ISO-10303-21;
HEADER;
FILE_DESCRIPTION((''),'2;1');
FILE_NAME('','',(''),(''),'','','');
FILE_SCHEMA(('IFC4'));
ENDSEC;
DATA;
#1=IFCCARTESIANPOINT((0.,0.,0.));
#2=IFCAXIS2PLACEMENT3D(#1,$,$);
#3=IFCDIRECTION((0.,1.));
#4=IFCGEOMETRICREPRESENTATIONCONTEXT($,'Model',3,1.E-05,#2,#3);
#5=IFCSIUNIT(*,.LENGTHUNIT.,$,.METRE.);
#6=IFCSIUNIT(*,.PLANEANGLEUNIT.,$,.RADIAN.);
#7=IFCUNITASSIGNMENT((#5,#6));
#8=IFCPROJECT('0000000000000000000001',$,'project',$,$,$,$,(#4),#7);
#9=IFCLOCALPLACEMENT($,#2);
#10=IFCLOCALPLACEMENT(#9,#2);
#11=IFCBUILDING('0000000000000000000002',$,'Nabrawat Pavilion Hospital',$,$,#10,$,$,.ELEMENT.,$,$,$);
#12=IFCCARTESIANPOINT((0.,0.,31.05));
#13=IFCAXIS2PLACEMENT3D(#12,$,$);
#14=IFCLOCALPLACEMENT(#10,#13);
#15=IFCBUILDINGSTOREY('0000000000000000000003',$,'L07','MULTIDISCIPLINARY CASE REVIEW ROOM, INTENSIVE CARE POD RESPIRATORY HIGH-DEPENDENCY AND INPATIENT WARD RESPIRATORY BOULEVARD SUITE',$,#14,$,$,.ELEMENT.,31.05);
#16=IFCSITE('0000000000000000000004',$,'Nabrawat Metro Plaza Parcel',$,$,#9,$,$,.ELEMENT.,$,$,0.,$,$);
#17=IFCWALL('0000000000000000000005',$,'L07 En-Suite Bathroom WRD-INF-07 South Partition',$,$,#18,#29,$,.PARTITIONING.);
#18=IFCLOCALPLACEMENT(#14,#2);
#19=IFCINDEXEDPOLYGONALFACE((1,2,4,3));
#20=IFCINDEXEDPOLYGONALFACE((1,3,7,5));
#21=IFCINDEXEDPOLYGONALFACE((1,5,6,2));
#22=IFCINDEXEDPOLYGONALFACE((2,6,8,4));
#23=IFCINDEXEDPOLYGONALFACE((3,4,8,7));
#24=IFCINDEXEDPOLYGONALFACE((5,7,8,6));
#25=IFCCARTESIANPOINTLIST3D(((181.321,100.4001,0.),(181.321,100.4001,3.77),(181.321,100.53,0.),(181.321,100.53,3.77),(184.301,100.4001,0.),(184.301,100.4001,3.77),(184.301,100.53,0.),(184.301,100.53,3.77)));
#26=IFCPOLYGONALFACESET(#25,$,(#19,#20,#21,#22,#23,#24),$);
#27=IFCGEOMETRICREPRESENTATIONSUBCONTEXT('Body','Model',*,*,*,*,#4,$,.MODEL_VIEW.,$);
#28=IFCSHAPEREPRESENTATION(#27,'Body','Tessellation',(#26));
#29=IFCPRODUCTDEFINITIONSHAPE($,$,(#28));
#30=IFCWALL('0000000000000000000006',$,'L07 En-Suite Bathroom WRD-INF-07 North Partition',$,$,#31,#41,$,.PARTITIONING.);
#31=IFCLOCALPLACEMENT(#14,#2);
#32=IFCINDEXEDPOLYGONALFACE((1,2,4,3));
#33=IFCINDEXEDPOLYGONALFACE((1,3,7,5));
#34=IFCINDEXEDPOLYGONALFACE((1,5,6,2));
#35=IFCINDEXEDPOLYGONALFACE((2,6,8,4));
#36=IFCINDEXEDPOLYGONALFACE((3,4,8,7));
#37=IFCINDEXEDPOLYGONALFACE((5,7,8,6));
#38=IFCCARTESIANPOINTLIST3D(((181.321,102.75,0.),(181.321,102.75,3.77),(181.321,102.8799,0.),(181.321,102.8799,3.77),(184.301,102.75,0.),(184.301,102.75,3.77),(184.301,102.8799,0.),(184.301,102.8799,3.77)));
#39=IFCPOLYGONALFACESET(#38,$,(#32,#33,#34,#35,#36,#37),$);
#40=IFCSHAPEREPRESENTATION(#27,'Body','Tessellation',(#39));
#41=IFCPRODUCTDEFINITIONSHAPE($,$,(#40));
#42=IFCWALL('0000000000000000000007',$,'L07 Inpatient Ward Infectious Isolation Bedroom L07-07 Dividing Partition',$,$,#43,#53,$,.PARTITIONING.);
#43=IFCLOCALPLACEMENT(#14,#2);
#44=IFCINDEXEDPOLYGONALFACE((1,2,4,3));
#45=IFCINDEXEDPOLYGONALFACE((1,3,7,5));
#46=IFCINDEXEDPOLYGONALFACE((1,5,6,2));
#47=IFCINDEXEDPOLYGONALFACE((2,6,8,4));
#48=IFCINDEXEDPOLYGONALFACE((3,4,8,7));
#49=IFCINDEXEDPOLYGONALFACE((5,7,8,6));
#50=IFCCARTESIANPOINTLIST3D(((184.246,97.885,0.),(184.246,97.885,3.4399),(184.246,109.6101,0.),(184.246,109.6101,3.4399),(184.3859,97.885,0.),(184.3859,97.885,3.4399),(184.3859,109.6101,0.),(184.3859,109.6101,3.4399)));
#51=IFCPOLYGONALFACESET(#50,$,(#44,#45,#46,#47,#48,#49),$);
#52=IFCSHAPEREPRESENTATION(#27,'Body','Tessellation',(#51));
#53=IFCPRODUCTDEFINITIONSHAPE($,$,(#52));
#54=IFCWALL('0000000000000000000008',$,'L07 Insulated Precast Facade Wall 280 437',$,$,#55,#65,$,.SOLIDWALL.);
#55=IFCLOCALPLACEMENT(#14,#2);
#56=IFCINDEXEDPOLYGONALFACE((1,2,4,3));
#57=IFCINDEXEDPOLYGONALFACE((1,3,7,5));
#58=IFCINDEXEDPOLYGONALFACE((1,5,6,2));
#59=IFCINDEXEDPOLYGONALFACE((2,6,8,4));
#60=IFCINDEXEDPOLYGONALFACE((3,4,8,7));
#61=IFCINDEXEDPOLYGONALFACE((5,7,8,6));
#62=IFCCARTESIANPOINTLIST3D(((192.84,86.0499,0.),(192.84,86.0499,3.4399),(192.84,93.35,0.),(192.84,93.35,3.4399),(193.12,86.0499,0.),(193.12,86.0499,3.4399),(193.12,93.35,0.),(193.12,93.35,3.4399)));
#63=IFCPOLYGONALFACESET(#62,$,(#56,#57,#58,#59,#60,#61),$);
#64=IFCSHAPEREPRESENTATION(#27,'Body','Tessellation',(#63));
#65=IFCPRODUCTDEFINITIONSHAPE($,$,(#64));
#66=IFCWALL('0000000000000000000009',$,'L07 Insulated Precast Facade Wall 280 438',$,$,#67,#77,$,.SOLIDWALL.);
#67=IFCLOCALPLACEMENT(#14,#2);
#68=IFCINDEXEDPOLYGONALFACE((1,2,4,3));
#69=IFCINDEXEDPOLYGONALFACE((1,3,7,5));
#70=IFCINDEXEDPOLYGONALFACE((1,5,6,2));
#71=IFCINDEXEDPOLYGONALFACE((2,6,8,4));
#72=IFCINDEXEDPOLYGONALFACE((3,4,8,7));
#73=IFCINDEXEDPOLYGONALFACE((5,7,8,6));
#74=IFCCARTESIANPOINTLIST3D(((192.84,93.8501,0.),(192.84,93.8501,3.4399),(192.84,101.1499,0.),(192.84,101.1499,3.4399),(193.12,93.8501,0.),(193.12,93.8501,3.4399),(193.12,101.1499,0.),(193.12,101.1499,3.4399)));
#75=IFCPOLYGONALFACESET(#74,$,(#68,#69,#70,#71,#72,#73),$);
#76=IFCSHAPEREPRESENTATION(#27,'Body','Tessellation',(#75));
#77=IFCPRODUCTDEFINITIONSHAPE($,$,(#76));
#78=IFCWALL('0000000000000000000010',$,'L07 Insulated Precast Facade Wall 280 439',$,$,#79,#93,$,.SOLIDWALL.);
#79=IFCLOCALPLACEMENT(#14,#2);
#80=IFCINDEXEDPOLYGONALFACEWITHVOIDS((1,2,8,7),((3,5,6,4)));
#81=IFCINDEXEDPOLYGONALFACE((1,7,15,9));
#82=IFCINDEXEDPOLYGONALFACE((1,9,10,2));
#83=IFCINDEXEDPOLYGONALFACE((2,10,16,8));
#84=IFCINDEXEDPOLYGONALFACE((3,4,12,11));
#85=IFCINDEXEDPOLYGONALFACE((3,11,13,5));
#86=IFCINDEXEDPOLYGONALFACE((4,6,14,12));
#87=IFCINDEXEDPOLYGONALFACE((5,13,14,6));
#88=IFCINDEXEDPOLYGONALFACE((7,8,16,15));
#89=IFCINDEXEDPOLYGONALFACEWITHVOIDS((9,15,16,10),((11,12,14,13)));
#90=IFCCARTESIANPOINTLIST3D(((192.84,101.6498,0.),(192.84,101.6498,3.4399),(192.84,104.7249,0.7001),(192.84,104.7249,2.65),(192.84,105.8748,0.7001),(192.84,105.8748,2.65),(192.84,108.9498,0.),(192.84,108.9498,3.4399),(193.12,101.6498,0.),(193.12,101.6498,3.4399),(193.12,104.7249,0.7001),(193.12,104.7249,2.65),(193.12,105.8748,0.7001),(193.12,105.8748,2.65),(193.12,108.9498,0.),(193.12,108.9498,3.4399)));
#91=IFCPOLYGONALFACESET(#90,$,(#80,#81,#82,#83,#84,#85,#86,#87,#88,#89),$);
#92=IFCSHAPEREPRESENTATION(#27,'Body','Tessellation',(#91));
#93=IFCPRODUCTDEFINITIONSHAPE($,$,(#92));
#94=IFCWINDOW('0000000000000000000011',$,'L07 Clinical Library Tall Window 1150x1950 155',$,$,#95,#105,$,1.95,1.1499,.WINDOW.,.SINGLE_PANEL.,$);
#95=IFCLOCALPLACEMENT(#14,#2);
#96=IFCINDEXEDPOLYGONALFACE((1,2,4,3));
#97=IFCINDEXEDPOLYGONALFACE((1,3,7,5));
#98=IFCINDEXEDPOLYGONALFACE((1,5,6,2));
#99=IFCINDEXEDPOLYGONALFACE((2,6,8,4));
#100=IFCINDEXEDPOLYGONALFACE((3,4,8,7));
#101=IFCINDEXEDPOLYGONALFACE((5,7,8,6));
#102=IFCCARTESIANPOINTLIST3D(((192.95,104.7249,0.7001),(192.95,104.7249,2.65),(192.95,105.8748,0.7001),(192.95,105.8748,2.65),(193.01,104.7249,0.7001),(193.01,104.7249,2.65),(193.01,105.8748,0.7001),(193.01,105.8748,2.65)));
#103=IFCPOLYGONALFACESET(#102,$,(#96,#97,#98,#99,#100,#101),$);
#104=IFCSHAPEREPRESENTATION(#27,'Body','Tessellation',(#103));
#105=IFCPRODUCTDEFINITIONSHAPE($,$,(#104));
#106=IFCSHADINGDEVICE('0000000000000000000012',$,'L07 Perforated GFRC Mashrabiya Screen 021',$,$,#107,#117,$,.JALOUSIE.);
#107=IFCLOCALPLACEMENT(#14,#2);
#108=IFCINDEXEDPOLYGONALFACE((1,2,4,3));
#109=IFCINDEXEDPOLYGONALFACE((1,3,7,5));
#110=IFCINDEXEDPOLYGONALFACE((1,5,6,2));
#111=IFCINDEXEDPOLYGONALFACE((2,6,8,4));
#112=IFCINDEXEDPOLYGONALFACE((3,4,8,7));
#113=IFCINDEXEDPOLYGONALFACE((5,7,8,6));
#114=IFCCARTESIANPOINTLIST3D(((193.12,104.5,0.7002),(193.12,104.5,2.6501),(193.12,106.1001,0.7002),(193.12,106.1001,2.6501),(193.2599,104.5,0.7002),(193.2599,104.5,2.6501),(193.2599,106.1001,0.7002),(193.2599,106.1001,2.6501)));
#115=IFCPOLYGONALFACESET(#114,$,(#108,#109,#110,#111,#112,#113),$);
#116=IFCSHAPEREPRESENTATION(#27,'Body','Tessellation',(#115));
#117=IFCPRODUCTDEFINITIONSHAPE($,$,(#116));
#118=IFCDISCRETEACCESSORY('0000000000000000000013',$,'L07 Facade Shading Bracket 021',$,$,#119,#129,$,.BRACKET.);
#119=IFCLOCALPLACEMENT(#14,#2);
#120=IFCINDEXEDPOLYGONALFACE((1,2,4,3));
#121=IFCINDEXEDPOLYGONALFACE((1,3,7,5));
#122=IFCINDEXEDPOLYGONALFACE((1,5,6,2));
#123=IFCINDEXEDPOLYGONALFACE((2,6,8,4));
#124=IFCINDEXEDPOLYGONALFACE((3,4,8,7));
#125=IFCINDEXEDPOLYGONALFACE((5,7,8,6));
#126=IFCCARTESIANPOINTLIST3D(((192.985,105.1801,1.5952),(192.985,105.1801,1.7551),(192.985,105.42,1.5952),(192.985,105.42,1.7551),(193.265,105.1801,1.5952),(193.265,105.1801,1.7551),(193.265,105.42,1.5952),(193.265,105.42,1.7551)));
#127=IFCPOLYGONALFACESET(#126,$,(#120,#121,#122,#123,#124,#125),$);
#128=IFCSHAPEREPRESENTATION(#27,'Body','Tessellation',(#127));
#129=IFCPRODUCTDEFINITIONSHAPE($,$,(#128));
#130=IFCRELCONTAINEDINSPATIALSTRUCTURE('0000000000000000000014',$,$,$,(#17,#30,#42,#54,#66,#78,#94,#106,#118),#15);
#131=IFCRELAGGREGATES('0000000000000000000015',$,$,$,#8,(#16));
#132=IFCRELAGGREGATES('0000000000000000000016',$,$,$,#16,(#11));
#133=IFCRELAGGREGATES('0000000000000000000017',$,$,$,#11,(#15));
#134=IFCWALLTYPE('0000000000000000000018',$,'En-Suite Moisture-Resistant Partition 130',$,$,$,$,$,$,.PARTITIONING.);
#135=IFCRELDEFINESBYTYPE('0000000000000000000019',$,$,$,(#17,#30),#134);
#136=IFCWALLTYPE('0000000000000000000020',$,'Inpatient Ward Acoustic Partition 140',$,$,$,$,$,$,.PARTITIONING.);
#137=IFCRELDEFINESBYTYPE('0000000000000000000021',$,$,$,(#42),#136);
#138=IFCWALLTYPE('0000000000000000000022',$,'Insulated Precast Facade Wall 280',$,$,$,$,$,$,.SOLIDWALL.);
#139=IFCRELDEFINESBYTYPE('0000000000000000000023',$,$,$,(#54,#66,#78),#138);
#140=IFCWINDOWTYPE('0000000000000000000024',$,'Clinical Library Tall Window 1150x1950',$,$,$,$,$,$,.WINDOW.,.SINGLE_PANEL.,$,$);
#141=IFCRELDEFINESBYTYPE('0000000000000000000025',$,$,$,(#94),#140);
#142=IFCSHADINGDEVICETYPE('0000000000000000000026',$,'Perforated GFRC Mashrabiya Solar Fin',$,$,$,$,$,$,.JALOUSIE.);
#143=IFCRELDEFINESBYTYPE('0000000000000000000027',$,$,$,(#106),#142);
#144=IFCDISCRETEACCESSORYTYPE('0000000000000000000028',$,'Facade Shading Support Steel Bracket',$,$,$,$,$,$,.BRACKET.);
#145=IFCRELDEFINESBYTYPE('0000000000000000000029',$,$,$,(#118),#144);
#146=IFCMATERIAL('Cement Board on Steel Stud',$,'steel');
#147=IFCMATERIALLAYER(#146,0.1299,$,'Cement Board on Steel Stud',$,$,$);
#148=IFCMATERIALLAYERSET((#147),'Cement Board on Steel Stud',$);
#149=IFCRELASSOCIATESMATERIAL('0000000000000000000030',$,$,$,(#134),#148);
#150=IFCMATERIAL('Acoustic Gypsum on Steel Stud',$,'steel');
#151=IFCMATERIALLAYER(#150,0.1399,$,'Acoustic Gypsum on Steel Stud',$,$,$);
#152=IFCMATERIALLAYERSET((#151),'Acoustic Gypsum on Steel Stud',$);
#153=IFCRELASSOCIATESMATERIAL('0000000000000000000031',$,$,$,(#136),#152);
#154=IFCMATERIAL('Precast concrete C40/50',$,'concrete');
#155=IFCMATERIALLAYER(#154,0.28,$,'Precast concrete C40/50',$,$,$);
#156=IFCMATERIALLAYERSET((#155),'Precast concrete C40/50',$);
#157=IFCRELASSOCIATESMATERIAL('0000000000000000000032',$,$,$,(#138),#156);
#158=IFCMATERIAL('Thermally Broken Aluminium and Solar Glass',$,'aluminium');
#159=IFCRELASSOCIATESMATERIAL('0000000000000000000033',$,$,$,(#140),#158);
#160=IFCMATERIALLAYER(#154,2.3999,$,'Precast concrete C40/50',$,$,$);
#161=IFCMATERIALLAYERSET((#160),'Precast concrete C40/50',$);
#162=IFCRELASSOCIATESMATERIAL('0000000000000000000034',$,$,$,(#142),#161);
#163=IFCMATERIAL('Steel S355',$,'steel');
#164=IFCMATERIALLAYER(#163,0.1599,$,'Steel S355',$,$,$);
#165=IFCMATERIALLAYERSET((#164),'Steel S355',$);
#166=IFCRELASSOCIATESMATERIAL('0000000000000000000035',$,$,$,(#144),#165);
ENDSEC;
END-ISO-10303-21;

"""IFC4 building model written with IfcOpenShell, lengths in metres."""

from ifc_helpers import new_model, si_unit, direction, frame, frame_2d, origin, origin_2d, place, context, subcontext, project, spatial, rectangle, extrude, material, layer, layer_set, type_object, element, fill, save


model = new_model("IFC4")

# Units and contexts
model_context = context("Model", 3, precision=1e-05, world=origin(), true_north=direction((0.0, 1.0)))
body_context = subcontext(model_context, "Body", "Model", "MODEL_VIEW")
ifc_project = project(units=[si_unit("LENGTHUNIT", "METRE"), si_unit("PLANEANGLEUNIT", "RADIAN")], contexts=[model_context])

# Site, building, storey
site_placement = place(None, origin())
site = spatial("IfcSite", under=ifc_project, at=site_placement, Name="Nabrawat Metro Plaza Parcel", CompositionType="ELEMENT", RefElevation=0.0)
building_placement = place(site_placement, origin())
building = spatial("IfcBuilding", under=site, at=building_placement, Name="Nabrawat Pavilion Hospital", CompositionType="ELEMENT")
storey_placement = place(building_placement, frame((0.0, 0.0, 31.05)))
storey = spatial("IfcBuildingStorey", under=building, at=storey_placement, Name="L07", Description="MULTIDISCIPLINARY CASE REVIEW ROOM, INTENSIVE CARE POD RESPIRATORY HIGH-DEPENDENCY AND INPATIENT WARD RESPIRATORY BOULEVARD SUITE", CompositionType="ELEMENT", Elevation=31.05)

# Shared definitions
ifc_material_1 = material(Name="Steel S355", Category="steel")

# Shared definitions
ifc_material_2 = material(Name="Cement Board on Steel Stud", Category="steel")
ifc_layer_1 = layer(ifc_material_2, 0.1299, Name="Cement Board on Steel Stud")
ifc_layer_set_1 = layer_set([ifc_layer_1], Name="Cement Board on Steel Stud")
wall_type_1 = type_object("IfcWallType", Name="En-Suite Moisture-Resistant Partition 130", PredefinedType="PARTITIONING", material=ifc_layer_set_1)

# Walls
for number, where, z_axis, x_axis, name in (
    (1, (181.321, 100.4651, 0.0), (0.0, 0.0, 1.0), (1.0, 0.0, 0.0), "L07 En-Suite Bathroom WRD-INF-07 South Partition"),
    (2, (181.321, 102.8149, 0.0), (0.0, 0.0, 1.0), (1.0, 0.0, 0.0), "L07 En-Suite Bathroom WRD-INF-07 North Partition"),
):
    element("IfcWall", number, at=place(storey_placement, frame(where, z_axis=z_axis, x_axis=x_axis)), inside=storey, type_object=wall_type_1, Name=name, PredefinedType="PARTITIONING", context=body_context, shape_type="SweptSolid", body=[
        extrude(rectangle(XDim=2.98, YDim=0.1299, at=frame_2d((1.49, 0.0))), origin(), (0.0, 0.0, 1.0), 3.77),
    ])
ifc_material_3 = material(Name="Acoustic Gypsum on Steel Stud", Category="steel")
ifc_layer_2 = layer(ifc_material_3, 0.1399, Name="Acoustic Gypsum on Steel Stud")
ifc_layer_set_2 = layer_set([ifc_layer_2], Name="Acoustic Gypsum on Steel Stud")
wall_type_2 = type_object("IfcWallType", Name="Inpatient Ward Acoustic Partition 140", PredefinedType="PARTITIONING", material=ifc_layer_set_2)
wall_1_placement = place(storey_placement, frame((184.3159, 97.885, 0.0), z_axis=(0.0, 0.0, 1.0), x_axis=(0.0, 1.0, 0.0)))
element("IfcWall", 3, at=wall_1_placement, inside=storey, type_object=wall_type_2, Name="L07 Inpatient Ward Infectious Isolation Bedroom L07-07 Dividing Partition", PredefinedType="PARTITIONING", context=body_context, shape_type="SweptSolid", body=[
    extrude(rectangle(XDim=11.7251, YDim=0.1399, at=frame_2d((5.8625, 0.0))), origin(), (0.0, 0.0, 1.0), 3.4399),
])
ifc_material_4 = material(Name="Precast concrete C40/50", Category="concrete")
ifc_layer_3 = layer(ifc_material_4, 0.28, Name="Precast concrete C40/50")
ifc_layer_set_3 = layer_set([ifc_layer_3], Name="Precast concrete C40/50")
wall_type_3 = type_object("IfcWallType", Name="Insulated Precast Facade Wall 280", PredefinedType="SOLIDWALL", material=ifc_layer_set_3)
wall_2_placement = place(storey_placement, frame((192.98, 86.05, 0.0), z_axis=(0.0, 0.0, 1.0), x_axis=(0.0, 1.0, 0.0)))
element("IfcWall", 4, at=wall_2_placement, inside=storey, type_object=wall_type_3, Name="L07 Insulated Precast Facade Wall 280 437", PredefinedType="SOLIDWALL", context=body_context, shape_type="SweptSolid", body=[
    extrude(rectangle(XDim=7.3, YDim=0.28, at=frame_2d((3.6499, 0.0))), origin(), (0.0, 0.0, 1.0), 3.4399),
])
wall_3_placement = place(storey_placement, frame((192.98, 93.8501, 0.0), z_axis=(0.0, 0.0, 1.0), x_axis=(0.0, 1.0, 0.0)))
element("IfcWall", 5, at=wall_3_placement, inside=storey, type_object=wall_type_3, Name="L07 Insulated Precast Facade Wall 280 438", PredefinedType="SOLIDWALL", context=body_context, shape_type="SweptSolid", body=[
    extrude(rectangle(XDim=7.2998, YDim=0.28, at=frame_2d((3.6499, 0.0))), origin(), (0.0, 0.0, 1.0), 3.4399),
])

# Wall, opening, window
wall_4_placement = place(storey_placement, frame((192.98, 101.6499, 0.0), z_axis=(0.0, 0.0, 1.0), x_axis=(0.0, 1.0, 0.0)))
wall_4 = element("IfcWall", 6, at=wall_4_placement, inside=storey, type_object=wall_type_3, Name="L07 Insulated Precast Facade Wall 280 439", PredefinedType="SOLIDWALL", context=body_context, shape_type="SweptSolid", body=[
    extrude(rectangle(XDim=7.3, YDim=0.28, at=frame_2d((3.6499, 0.0))), origin(), (0.0, 0.0, 1.0), 3.4399),
])
opening_1_placement = place(wall_4_placement, frame((3.075, 0.0, 0.7)))
opening_1 = element("IfcOpeningElement", 7, at=opening_1_placement, cuts=wall_4, PredefinedType="OPENING", context=body_context, shape_type="SweptSolid", body=[
    extrude(rectangle(XDim=1.1499, YDim=1.95, at=frame_2d((0.575, 0.9751))), frame((0.0, 0.1499, 0.0), z_axis=(0.0, -1.0, 0.0), x_axis=(1.0, 0.0, 0.0)), (0.0, 0.0, 1.0), 0.3),
])
ifc_material_5 = material(Name="Thermally Broken Aluminium and Solar Glass", Category="aluminium")
window_type = type_object("IfcWindowType", Name="Clinical Library Tall Window 1150x1950", PartitioningType="SINGLE_PANEL", PredefinedType="WINDOW", material=ifc_material_5)
window_placement = place(opening_1_placement, origin())
window = element("IfcWindow", 8, at=window_placement, inside=storey, type_object=window_type, Name="L07 Clinical Library Tall Window 1150x1950 155", OverallHeight=1.95, OverallWidth=1.1499, PartitioningType="SINGLE_PANEL", PredefinedType="WINDOW", context=body_context, shape_type="SweptSolid", body=[
    extrude(rectangle(XDim=1.1499, YDim=1.95, at=frame_2d((0.575, 0.9751))), frame((0.0, 0.03, 0.0), z_axis=(0.0, -1.0, 0.0), x_axis=(1.0, 0.0, 0.0)), (0.0, 0.0, 1.0), 0.0601),
])
fill(opening_1, window)

# Shading device
ifc_layer_4 = layer(ifc_material_4, 2.3999, Name="Precast concrete C40/50")
ifc_layer_set_4 = layer_set([ifc_layer_4], Name="Precast concrete C40/50")
shading_device_type = type_object("IfcShadingDeviceType", Name="Perforated GFRC Mashrabiya Solar Fin", PredefinedType="JALOUSIE", material=ifc_layer_set_4)
shading_device_placement = place(storey_placement, frame((193.1899, 105.3, 0.7002), z_axis=(0.0, 0.0, 1.0), x_axis=(0.0, 1.0, 0.0)))
element("IfcShadingDevice", 9, at=shading_device_placement, inside=storey, type_object=shading_device_type, Name="L07 Perforated GFRC Mashrabiya Screen 021", PredefinedType="JALOUSIE", context=body_context, shape_type="SweptSolid", body=[
    extrude(rectangle(XDim=1.6001, YDim=0.1399, at=origin_2d()), origin(), (0.0, 0.0, 1.0), 1.95),
])

# Discrete accessory
ifc_layer_5 = layer(ifc_material_1, 0.1599, Name="Steel S355")
ifc_layer_set_5 = layer_set([ifc_layer_5], Name="Steel S355")
discrete_accessory_type = type_object("IfcDiscreteAccessoryType", Name="Facade Shading Support Steel Bracket", PredefinedType="BRACKET", material=ifc_layer_set_5)
discrete_accessory_placement = place(storey_placement, frame((193.125, 105.3, 1.5952), z_axis=(0.0, 0.0, 1.0), x_axis=(0.0, 1.0, 0.0)))
element("IfcDiscreteAccessory", 10, at=discrete_accessory_placement, inside=storey, type_object=discrete_accessory_type, Name="L07 Facade Shading Bracket 021", PredefinedType="BRACKET", context=body_context, shape_type="SweptSolid", body=[
    extrude(rectangle(XDim=0.24, YDim=0.28, at=origin_2d()), origin(), (0.0, 0.0, 1.0), 0.1599),
])

save(model, "model.ifc")
